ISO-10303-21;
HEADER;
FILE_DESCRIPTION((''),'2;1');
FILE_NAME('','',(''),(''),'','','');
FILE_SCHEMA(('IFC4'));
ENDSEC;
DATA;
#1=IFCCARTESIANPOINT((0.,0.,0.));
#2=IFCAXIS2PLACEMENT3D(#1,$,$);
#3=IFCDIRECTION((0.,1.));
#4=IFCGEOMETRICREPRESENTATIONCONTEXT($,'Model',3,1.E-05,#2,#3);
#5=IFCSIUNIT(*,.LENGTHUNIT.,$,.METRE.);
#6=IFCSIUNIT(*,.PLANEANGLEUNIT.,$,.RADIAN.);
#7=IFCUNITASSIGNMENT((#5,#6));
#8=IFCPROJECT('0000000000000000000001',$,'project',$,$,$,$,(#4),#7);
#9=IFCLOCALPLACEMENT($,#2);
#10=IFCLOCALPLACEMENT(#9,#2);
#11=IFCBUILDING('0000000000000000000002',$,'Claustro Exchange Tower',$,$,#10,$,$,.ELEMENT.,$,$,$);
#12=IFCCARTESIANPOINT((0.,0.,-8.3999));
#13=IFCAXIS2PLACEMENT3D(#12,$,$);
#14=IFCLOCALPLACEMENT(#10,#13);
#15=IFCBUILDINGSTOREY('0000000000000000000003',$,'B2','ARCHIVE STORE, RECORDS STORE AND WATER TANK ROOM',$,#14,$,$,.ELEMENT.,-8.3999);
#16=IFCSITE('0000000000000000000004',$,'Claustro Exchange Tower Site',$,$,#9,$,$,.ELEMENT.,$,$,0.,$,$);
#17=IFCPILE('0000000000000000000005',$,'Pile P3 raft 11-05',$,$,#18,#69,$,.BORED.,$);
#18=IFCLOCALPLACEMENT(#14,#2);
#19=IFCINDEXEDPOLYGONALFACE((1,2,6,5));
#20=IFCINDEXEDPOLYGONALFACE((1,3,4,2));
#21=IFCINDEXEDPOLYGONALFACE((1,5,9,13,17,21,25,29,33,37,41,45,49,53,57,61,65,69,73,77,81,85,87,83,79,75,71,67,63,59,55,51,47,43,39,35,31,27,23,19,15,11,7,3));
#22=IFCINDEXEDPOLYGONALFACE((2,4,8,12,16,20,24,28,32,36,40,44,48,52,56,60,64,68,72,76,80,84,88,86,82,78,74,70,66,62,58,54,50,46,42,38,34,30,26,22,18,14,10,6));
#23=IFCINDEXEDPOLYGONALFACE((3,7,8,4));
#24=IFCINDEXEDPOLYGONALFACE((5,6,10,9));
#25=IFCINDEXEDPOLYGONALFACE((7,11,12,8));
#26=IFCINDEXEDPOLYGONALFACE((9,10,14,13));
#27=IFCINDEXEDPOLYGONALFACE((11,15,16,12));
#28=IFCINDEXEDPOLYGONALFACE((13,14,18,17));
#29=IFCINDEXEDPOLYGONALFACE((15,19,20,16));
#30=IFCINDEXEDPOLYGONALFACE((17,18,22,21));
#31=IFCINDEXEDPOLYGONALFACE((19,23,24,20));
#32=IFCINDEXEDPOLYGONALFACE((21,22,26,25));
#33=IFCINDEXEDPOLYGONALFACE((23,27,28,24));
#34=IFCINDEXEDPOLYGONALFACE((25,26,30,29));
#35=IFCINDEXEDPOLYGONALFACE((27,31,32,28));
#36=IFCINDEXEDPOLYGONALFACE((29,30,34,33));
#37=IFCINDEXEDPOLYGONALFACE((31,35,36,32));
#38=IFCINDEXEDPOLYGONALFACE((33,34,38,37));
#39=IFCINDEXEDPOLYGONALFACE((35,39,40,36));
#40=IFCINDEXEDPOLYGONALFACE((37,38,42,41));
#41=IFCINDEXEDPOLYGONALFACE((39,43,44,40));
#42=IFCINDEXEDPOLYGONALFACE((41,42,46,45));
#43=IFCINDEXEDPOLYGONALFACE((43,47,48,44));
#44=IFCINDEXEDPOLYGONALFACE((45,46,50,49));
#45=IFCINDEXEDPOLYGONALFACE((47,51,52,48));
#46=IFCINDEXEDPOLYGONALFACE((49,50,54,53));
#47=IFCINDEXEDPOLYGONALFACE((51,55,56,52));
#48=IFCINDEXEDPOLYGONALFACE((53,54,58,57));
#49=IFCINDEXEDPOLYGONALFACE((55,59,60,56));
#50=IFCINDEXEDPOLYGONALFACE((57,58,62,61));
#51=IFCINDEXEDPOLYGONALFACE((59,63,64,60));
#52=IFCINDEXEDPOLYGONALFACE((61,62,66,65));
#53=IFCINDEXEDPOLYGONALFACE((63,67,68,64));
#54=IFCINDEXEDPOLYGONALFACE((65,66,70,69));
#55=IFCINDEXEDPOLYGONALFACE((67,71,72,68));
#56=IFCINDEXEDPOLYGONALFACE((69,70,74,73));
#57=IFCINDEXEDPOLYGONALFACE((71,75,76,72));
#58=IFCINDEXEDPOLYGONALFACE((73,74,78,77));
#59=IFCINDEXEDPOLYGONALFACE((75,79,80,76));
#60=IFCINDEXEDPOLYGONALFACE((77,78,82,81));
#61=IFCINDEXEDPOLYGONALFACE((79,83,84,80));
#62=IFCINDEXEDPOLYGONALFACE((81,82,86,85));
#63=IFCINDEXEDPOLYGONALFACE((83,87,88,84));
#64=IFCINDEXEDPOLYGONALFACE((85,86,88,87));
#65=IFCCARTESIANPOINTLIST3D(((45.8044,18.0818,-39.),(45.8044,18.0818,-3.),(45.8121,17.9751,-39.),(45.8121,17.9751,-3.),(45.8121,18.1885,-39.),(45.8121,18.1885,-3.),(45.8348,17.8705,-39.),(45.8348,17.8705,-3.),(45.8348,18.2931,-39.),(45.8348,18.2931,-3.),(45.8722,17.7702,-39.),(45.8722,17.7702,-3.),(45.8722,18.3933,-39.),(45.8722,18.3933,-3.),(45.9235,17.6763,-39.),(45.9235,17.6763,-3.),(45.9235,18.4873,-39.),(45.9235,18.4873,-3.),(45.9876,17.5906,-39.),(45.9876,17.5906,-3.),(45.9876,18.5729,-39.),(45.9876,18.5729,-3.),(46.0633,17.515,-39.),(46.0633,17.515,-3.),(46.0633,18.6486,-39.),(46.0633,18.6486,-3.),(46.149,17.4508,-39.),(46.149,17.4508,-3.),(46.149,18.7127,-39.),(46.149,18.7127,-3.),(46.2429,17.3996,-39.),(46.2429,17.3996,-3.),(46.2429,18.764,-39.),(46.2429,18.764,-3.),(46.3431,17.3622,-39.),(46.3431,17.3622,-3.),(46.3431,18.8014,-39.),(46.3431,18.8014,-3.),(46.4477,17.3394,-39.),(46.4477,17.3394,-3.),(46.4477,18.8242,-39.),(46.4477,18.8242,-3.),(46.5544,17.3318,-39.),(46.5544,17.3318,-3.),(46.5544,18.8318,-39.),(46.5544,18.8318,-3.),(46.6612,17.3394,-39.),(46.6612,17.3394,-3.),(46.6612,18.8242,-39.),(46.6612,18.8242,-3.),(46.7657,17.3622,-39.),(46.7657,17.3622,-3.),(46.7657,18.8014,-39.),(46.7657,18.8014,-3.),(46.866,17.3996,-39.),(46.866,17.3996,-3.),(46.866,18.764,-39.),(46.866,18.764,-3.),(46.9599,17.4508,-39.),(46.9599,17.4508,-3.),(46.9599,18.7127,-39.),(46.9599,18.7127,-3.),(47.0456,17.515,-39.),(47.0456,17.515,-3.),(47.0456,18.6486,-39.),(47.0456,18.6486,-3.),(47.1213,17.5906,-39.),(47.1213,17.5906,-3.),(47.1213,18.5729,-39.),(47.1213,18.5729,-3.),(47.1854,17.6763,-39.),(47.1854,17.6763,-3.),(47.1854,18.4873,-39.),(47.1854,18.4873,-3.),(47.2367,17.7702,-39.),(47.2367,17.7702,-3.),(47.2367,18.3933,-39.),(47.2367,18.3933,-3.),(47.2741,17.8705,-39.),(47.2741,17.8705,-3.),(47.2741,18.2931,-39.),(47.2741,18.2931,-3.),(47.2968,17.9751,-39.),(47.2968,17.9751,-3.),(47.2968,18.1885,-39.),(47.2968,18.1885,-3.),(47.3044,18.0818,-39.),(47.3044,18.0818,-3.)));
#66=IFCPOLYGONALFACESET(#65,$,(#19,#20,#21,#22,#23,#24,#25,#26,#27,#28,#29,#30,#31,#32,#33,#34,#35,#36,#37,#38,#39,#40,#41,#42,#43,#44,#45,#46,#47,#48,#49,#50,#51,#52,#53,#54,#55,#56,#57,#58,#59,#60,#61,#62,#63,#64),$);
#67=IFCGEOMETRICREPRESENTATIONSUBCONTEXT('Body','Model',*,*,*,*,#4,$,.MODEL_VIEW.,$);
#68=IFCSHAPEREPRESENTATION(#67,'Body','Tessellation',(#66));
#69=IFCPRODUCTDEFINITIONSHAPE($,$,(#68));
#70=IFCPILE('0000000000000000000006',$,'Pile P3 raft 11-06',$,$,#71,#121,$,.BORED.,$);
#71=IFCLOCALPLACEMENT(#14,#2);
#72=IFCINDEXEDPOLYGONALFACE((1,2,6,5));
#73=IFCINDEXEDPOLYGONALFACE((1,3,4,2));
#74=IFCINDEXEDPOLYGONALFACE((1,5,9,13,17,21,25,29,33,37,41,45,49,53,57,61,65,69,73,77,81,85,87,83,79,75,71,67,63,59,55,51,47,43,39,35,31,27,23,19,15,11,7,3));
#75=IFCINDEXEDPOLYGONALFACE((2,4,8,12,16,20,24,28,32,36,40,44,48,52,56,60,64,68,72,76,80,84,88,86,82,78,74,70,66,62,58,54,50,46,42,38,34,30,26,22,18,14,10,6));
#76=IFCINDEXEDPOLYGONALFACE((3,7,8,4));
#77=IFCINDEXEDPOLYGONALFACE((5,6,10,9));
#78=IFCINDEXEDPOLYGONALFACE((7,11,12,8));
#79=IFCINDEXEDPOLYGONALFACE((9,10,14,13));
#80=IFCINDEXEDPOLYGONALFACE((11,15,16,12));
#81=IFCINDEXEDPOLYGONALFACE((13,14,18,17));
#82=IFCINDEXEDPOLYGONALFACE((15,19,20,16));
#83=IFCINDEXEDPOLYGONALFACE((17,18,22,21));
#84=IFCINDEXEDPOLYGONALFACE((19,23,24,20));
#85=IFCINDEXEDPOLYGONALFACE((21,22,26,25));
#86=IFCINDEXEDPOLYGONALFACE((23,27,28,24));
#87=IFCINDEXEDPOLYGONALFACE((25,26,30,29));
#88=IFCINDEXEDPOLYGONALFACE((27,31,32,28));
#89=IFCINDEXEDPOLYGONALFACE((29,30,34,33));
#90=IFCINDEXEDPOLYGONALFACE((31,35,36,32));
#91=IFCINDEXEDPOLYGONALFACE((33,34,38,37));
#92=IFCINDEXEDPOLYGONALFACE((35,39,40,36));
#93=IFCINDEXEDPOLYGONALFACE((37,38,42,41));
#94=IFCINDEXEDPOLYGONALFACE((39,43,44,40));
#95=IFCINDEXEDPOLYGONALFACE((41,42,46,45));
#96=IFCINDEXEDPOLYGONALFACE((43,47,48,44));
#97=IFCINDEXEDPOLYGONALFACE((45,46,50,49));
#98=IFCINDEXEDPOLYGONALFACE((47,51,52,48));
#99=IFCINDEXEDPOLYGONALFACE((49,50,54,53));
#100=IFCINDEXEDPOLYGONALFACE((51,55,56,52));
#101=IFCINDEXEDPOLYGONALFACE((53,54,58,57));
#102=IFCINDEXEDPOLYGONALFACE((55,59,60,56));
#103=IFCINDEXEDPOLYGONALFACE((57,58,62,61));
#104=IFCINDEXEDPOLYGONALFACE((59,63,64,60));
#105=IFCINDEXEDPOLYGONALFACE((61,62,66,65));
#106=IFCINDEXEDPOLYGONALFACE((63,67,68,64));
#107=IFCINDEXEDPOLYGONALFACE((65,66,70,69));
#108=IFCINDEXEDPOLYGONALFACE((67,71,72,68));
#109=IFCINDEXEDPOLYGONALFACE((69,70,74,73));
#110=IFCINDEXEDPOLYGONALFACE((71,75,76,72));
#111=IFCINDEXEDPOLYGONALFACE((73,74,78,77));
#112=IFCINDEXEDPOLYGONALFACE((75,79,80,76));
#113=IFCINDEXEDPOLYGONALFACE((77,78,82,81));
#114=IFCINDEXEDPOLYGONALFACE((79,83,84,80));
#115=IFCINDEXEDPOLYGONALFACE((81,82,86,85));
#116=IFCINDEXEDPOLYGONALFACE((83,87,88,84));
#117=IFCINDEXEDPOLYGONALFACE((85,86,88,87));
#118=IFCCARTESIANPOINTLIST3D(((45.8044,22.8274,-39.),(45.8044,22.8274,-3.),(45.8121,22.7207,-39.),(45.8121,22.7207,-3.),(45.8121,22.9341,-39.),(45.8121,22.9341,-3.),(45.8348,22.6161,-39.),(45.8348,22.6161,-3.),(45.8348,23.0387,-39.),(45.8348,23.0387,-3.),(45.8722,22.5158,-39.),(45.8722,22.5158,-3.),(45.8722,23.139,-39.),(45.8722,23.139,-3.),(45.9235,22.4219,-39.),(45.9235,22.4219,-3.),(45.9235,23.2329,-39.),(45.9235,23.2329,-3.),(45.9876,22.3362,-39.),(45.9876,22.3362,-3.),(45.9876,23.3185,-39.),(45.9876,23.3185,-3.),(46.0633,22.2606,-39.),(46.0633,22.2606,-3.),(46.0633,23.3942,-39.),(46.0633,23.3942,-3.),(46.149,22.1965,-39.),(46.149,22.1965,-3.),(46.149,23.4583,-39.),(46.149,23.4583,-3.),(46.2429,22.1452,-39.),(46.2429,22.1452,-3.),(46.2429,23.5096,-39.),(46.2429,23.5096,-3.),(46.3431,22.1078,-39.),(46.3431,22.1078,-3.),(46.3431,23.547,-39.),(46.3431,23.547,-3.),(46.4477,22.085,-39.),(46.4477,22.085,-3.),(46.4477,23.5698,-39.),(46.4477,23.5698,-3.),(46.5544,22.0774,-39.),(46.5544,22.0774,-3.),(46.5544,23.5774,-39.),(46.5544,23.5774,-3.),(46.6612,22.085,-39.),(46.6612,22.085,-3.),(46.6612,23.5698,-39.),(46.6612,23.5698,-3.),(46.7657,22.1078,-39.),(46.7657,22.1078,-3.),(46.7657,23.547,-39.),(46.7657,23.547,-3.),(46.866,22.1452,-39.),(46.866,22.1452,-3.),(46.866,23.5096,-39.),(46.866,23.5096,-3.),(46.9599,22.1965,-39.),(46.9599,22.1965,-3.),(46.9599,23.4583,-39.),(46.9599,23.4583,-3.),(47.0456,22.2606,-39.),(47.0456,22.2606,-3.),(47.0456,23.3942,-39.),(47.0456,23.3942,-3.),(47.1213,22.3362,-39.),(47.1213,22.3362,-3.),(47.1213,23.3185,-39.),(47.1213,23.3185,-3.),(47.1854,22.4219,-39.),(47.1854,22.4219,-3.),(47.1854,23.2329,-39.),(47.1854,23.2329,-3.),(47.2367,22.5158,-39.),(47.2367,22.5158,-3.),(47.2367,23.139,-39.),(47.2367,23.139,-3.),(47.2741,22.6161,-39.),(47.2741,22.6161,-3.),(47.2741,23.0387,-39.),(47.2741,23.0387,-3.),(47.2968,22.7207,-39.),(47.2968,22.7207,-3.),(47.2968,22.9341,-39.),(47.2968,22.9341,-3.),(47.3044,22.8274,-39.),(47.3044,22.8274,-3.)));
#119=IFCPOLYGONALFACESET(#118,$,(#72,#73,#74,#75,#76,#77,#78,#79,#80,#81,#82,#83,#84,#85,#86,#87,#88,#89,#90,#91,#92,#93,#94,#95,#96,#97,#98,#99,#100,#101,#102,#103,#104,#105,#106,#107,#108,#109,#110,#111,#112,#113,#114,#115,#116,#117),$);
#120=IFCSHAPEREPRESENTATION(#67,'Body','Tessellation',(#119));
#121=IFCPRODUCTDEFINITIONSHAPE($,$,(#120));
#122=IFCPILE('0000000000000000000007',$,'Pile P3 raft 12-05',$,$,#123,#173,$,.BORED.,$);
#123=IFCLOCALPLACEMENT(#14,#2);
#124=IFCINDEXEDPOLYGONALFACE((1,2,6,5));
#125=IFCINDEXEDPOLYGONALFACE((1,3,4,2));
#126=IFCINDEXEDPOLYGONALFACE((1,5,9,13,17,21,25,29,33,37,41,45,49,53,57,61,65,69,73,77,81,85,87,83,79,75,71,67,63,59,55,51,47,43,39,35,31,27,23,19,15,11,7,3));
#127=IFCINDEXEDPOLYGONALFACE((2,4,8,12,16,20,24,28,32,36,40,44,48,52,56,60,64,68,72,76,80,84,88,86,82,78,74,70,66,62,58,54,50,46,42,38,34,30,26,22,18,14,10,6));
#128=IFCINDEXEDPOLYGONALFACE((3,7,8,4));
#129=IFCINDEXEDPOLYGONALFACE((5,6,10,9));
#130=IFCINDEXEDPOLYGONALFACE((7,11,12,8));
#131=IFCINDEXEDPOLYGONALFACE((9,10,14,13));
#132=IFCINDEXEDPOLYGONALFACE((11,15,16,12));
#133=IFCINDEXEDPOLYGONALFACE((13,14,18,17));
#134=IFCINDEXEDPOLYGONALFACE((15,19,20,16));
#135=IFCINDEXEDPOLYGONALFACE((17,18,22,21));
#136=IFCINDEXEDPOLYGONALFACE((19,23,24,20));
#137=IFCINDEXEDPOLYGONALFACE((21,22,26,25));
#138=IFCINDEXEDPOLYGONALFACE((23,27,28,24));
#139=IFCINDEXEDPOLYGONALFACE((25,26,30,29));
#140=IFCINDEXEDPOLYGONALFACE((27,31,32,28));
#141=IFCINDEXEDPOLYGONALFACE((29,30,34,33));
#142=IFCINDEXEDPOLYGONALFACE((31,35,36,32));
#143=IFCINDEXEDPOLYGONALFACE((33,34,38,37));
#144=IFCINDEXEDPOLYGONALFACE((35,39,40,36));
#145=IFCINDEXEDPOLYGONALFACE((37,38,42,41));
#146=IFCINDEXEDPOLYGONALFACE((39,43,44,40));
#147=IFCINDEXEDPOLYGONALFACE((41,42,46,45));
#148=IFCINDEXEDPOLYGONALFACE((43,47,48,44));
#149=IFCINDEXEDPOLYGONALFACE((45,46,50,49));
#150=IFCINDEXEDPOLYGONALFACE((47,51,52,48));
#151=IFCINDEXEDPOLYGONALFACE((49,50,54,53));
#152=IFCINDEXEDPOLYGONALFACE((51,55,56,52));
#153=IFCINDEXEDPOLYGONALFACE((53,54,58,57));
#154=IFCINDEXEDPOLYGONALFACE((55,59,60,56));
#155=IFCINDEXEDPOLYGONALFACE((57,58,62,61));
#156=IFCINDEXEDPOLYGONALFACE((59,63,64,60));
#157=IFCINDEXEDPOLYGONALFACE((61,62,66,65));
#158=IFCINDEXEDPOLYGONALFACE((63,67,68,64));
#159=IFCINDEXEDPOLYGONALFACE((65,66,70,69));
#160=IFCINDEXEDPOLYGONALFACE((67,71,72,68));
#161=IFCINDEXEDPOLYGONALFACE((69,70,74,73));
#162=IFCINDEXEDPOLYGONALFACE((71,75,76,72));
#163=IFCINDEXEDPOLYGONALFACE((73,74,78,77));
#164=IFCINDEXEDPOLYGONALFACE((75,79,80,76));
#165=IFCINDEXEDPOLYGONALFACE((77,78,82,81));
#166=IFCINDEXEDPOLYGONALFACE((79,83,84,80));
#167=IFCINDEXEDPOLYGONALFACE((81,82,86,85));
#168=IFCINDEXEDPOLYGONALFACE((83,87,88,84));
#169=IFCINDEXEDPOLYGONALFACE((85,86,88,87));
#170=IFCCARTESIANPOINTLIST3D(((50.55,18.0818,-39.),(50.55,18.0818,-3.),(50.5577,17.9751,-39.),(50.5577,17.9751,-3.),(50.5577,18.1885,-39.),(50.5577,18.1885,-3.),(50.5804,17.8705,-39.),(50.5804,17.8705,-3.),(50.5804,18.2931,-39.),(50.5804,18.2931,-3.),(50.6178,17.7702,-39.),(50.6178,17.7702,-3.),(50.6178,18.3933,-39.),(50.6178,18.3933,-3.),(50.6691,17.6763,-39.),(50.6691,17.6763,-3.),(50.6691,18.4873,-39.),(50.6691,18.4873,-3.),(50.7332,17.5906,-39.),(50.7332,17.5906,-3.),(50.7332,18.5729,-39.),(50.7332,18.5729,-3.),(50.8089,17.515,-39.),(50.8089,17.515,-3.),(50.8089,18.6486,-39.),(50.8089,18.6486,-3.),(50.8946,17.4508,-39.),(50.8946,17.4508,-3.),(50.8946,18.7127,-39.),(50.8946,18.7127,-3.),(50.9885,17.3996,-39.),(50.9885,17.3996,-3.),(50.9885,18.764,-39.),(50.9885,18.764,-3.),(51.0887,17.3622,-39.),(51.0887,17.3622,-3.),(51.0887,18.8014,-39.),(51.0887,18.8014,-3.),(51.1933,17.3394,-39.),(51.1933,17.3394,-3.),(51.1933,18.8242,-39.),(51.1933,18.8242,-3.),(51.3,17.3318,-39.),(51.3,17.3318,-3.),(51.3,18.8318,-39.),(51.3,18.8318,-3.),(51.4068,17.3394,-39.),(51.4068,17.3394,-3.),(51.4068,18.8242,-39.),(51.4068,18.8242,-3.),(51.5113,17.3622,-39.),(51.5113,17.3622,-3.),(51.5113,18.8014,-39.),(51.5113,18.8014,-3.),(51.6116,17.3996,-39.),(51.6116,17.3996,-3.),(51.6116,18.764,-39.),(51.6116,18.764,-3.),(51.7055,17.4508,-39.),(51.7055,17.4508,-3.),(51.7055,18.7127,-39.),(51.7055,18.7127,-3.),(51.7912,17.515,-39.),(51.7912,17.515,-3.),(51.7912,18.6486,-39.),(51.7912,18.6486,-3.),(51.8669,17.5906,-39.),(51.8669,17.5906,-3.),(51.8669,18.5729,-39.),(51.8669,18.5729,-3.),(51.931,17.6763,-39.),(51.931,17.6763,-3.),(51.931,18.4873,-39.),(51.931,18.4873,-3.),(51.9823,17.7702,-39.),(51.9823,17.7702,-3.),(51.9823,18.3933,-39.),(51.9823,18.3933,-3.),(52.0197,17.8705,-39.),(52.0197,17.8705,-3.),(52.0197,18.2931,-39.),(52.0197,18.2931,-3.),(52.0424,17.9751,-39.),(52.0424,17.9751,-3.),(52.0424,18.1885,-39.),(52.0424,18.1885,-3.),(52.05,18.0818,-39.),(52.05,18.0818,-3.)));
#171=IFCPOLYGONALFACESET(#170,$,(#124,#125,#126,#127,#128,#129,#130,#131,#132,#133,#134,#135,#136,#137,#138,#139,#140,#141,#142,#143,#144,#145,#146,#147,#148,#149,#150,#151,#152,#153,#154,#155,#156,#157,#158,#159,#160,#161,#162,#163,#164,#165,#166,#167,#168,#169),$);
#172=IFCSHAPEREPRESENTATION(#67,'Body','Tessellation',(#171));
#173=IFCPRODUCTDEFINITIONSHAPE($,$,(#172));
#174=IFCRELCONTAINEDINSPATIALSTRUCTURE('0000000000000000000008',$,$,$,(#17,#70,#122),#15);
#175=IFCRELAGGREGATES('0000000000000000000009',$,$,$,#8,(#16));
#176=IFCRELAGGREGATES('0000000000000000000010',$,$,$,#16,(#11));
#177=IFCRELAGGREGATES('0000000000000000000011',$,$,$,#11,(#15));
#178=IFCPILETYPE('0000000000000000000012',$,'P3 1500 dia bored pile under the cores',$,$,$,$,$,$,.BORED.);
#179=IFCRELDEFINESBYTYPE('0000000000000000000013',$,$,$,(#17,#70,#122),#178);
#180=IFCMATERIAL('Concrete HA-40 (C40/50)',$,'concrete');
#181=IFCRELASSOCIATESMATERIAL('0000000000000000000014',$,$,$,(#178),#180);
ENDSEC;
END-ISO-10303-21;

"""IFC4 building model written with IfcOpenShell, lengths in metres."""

from ifc_helpers import new_model, si_unit, direction, frame, origin, origin_2d, place, context, subcontext, project, spatial, circle, extrude, material, type_object, element, save


model = new_model("IFC4")

# Units and contexts
model_context = context("Model", 3, precision=1e-05, world=origin(), true_north=direction((0.0, 1.0)))
body_context = subcontext(model_context, "Body", "Model", "MODEL_VIEW")
ifc_project = project(units=[si_unit("LENGTHUNIT", "METRE"), si_unit("PLANEANGLEUNIT", "RADIAN")], contexts=[model_context])

# Site, building, storey
site_placement = place(None, origin())
site = spatial("IfcSite", under=ifc_project, at=site_placement, Name="Claustro Exchange Tower Site", CompositionType="ELEMENT", RefElevation=0.0)
building_placement = place(site_placement, origin())
building = spatial("IfcBuilding", under=site, at=building_placement, Name="Claustro Exchange Tower", CompositionType="ELEMENT")
storey_placement = place(building_placement, frame((0.0, 0.0, -8.3999)))
storey = spatial("IfcBuildingStorey", under=building, at=storey_placement, Name="B2", Description="ARCHIVE STORE, RECORDS STORE AND WATER TANK ROOM", CompositionType="ELEMENT", Elevation=-8.3999)

# Piles
ifc_material_1 = material(Name="Concrete HA-40 (C40/50)", Category="concrete")
pile_type_1 = type_object("IfcPileType", Name="P3 1500 dia bored pile under the cores", PredefinedType="BORED", material=ifc_material_1)
for number, where, z_axis, x_axis, name in (
    (1, (46.5544, 18.0818, -3.0), (0.0, 0.0, -1.0), (1.0, 0.0, 0.0), "Pile P3 raft 11-05"),
    (2, (46.5544, 22.8274, -3.0), (0.0, 0.0, -1.0), (1.0, 0.0, 0.0), "Pile P3 raft 11-06"),
    (3, (51.3, 18.0818, -3.0), (0.0, 0.0, -1.0), (1.0, 0.0, 0.0), "Pile P3 raft 12-05"),
):
    element("IfcPile", number, at=place(storey_placement, frame(where, z_axis=z_axis, x_axis=x_axis)), inside=storey, type_object=pile_type_1, Name=name, PredefinedType="BORED", context=body_context, shape_type="SweptSolid", body=[
        extrude(circle(Radius=0.75, at=origin_2d()), origin(), (0.0, 0.0, 1.0), 36.0),
    ])

save(model, "model.ifc")
